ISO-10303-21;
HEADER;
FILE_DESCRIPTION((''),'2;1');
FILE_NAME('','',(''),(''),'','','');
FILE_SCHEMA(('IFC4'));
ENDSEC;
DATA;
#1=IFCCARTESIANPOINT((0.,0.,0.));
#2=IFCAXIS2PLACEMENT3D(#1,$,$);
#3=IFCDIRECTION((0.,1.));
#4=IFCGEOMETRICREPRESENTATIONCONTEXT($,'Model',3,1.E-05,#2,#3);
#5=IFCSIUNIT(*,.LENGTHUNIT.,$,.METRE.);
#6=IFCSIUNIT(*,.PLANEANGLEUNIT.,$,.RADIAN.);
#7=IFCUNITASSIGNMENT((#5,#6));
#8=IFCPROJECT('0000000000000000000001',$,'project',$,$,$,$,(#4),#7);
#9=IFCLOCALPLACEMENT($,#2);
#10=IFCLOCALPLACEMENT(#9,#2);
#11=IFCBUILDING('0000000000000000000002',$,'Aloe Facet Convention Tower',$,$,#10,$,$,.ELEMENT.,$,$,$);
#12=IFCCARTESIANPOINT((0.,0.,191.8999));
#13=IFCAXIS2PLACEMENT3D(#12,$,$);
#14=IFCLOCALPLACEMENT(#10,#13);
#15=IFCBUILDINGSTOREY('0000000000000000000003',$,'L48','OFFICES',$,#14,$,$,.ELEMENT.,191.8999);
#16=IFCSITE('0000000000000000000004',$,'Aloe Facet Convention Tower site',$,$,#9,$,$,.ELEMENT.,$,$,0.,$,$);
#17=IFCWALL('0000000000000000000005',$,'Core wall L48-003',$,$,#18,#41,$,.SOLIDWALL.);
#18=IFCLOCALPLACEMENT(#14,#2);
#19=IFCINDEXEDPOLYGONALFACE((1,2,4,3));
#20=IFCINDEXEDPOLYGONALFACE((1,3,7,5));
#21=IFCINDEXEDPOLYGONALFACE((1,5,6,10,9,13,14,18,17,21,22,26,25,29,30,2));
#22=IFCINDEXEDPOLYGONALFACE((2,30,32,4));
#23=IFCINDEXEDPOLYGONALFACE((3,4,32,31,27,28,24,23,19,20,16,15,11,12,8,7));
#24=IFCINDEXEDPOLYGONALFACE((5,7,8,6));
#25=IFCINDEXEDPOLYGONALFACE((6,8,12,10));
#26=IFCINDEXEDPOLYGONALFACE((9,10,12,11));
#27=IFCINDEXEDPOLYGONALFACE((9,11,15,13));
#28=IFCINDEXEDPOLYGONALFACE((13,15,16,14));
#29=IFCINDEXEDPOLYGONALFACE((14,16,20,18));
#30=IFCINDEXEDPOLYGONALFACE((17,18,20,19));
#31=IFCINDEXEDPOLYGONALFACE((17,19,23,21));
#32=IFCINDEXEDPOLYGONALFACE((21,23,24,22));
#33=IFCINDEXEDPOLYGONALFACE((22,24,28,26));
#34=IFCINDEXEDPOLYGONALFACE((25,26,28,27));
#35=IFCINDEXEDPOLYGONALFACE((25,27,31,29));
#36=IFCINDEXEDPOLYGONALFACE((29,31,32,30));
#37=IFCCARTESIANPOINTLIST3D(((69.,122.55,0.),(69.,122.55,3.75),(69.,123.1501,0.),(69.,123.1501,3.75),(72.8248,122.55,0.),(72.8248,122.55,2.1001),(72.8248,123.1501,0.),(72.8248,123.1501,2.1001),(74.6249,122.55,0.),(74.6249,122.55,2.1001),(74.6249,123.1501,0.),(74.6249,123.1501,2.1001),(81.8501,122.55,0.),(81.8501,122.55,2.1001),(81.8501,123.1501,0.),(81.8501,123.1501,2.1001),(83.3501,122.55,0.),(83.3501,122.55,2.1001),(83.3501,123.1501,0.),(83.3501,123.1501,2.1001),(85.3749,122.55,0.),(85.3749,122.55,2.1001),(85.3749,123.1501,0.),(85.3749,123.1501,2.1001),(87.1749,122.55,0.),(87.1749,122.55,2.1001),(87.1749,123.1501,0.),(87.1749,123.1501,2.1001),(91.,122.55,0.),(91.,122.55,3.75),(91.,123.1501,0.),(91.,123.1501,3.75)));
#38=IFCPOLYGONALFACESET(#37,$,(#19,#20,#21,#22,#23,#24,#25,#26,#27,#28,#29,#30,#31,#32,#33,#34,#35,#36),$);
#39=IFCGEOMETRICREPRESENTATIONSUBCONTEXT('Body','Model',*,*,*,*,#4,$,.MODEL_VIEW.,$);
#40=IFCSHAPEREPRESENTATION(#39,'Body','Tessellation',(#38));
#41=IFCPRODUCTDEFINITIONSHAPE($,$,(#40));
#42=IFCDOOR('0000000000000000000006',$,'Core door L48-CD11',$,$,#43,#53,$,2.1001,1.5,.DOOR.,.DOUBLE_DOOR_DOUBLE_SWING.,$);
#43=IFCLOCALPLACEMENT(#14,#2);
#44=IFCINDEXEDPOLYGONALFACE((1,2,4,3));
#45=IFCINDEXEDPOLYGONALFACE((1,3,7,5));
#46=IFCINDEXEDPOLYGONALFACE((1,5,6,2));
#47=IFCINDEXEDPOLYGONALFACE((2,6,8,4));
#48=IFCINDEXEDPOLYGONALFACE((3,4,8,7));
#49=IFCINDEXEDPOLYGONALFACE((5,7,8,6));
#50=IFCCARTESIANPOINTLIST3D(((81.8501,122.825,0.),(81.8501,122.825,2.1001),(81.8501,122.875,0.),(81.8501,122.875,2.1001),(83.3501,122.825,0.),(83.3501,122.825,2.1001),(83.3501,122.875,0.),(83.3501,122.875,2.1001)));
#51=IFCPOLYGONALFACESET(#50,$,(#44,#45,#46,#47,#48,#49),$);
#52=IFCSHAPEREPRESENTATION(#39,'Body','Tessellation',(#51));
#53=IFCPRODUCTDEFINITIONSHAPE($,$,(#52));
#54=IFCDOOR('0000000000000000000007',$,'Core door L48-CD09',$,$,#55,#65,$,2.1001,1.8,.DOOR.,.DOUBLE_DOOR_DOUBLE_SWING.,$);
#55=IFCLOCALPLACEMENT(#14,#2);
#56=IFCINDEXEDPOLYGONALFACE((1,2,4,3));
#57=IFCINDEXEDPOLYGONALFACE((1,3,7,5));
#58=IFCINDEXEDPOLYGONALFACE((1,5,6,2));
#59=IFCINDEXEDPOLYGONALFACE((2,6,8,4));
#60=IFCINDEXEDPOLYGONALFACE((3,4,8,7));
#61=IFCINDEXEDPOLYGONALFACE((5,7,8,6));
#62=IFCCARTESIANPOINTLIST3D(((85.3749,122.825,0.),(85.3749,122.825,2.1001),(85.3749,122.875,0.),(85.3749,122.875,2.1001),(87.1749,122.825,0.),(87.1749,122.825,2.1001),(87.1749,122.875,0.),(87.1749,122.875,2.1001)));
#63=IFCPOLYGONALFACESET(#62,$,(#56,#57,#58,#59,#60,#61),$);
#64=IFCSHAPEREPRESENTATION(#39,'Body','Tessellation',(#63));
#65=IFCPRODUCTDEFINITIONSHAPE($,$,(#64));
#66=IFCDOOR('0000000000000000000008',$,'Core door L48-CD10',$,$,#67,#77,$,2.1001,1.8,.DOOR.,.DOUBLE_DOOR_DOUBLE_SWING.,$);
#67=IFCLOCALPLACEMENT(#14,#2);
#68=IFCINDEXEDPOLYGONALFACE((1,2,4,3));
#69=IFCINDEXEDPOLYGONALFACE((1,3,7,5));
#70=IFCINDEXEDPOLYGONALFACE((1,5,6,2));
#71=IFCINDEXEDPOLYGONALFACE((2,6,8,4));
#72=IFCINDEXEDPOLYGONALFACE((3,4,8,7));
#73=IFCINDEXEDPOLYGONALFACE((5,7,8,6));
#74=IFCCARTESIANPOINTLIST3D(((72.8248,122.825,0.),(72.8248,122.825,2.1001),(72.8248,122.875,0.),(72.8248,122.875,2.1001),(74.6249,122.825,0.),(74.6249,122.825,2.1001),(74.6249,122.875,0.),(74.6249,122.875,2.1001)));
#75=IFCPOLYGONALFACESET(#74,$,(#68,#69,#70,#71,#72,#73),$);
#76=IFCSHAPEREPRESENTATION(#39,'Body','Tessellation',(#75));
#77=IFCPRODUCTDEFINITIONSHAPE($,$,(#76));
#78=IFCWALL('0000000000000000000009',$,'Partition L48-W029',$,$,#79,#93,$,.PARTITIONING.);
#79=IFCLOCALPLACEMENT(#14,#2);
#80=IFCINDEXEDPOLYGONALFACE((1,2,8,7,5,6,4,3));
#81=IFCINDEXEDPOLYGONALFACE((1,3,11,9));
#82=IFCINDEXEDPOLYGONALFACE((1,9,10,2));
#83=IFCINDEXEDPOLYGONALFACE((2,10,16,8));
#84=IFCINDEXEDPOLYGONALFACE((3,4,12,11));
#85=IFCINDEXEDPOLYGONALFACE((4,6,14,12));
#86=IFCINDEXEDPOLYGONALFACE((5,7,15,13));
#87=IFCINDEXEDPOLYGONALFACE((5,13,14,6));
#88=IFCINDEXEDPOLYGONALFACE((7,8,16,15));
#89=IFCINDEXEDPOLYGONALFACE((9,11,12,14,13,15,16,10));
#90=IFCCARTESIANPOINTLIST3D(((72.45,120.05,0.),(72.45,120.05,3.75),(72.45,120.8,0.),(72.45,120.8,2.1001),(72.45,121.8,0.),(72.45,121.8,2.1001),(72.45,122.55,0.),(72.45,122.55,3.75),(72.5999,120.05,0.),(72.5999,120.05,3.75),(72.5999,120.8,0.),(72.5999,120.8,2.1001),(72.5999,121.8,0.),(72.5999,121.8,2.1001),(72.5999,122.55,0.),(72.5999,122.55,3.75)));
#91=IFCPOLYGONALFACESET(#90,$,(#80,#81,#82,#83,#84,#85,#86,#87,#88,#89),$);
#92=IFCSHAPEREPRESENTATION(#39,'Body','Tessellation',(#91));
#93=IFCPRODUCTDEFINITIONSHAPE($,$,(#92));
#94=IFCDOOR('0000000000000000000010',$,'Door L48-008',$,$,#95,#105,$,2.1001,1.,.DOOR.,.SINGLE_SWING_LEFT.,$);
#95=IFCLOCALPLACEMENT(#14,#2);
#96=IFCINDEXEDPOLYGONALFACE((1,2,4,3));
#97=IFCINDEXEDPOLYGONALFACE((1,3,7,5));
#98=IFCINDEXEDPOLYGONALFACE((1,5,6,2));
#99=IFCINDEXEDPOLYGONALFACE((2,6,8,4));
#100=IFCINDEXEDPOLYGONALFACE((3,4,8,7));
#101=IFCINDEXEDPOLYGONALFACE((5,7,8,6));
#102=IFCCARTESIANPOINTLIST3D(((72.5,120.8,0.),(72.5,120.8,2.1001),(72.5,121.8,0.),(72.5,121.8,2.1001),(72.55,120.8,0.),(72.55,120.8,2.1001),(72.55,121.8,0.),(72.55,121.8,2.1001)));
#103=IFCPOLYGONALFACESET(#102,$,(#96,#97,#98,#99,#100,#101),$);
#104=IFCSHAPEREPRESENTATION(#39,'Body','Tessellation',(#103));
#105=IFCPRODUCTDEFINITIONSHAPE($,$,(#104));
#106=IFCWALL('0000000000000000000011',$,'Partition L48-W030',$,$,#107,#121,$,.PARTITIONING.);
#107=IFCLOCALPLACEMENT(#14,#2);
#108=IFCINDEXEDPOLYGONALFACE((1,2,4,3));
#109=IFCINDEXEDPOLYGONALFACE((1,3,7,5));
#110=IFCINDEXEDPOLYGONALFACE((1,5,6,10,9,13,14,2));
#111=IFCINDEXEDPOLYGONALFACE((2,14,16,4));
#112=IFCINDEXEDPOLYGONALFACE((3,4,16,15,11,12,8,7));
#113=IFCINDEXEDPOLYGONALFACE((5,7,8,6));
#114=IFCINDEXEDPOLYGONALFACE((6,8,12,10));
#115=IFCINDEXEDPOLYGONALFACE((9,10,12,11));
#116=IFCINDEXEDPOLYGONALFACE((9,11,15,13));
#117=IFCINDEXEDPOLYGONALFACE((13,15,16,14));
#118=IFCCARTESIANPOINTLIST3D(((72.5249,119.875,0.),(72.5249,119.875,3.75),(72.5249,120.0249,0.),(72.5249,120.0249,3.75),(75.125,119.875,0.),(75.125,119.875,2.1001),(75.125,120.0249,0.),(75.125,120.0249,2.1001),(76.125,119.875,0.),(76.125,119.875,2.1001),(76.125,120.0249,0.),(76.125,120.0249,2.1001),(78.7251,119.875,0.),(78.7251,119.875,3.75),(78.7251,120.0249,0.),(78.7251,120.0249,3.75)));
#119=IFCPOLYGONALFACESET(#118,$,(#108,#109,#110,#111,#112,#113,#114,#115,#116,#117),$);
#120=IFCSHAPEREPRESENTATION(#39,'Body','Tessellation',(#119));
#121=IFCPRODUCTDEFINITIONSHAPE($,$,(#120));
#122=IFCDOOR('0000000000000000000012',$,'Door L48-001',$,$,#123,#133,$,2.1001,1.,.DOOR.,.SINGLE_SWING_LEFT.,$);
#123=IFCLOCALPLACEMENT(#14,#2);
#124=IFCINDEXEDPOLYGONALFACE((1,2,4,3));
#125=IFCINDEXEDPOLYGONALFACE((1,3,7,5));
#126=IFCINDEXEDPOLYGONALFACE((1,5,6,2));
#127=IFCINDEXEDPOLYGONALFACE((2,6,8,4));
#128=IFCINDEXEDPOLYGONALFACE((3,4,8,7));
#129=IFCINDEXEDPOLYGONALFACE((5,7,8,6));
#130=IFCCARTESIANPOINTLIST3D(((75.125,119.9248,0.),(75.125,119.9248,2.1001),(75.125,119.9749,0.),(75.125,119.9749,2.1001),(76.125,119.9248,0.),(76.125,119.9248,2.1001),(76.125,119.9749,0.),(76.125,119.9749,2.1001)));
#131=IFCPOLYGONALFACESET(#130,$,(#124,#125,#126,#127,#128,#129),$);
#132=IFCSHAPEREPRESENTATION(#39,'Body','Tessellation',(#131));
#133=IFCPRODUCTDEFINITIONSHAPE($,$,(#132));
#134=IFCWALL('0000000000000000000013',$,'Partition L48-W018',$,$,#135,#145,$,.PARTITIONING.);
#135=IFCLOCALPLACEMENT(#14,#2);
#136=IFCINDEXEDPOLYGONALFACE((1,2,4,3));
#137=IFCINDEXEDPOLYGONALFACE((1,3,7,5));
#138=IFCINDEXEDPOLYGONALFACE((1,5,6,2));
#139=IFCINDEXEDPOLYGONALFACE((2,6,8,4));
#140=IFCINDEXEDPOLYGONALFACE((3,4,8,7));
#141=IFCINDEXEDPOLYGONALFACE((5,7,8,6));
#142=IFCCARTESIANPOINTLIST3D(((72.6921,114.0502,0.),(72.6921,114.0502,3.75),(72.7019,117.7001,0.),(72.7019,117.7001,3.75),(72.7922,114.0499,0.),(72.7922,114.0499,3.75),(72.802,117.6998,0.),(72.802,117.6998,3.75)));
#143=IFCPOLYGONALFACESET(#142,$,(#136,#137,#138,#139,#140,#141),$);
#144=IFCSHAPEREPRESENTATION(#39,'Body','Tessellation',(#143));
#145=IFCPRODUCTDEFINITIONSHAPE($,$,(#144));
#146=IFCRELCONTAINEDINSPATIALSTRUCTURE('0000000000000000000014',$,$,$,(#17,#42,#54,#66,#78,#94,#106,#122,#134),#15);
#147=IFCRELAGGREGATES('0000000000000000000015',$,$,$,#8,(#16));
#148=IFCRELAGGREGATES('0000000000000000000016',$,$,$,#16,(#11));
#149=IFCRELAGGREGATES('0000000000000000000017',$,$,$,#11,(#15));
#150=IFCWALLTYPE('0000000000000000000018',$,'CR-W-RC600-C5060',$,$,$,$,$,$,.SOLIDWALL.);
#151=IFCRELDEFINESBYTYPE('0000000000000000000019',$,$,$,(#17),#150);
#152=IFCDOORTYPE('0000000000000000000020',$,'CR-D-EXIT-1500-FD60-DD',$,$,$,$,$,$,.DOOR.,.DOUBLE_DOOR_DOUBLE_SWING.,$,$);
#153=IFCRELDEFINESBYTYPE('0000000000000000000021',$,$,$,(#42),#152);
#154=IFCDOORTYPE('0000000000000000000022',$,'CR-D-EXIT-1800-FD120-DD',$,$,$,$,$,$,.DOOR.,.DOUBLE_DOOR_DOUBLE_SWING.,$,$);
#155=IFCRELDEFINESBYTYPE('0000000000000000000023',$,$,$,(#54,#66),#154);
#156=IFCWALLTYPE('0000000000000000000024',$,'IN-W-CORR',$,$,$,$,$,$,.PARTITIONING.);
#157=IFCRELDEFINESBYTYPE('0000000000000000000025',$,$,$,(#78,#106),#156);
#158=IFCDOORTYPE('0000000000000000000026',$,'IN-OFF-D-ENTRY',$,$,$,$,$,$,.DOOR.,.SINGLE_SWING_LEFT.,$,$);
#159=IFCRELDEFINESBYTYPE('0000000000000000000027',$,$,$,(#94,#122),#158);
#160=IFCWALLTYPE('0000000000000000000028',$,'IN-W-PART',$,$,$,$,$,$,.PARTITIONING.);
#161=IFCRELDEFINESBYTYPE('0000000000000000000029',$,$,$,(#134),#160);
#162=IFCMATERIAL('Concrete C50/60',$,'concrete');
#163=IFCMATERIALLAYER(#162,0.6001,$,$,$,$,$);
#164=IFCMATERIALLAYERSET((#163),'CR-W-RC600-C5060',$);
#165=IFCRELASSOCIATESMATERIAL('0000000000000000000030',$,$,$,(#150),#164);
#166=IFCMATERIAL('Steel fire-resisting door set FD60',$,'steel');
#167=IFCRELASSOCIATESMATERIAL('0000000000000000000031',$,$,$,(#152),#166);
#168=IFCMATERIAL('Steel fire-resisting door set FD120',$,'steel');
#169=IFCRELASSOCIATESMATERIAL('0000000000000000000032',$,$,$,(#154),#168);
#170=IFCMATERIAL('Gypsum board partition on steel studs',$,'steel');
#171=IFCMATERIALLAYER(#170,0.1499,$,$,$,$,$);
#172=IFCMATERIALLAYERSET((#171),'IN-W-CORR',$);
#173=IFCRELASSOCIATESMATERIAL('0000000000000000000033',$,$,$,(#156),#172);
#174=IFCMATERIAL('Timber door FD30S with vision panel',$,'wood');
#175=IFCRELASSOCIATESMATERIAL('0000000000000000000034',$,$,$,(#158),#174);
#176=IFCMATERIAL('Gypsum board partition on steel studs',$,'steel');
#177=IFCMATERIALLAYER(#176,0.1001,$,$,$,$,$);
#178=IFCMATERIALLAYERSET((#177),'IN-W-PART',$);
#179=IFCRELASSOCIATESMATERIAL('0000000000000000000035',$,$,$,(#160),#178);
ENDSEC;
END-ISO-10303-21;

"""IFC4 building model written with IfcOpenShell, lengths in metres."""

from ifc_helpers import new_model, si_unit, direction, frame, frame_2d, origin, place, context, subcontext, project, spatial, rectangle, extrude, material, layer, layer_set, type_object, element, fill, save


model = new_model("IFC4")

# Units and contexts
model_context = context("Model", 3, precision=1e-05, world=origin(), true_north=direction((0.0, 1.0)))
body_context = subcontext(model_context, "Body", "Model", "MODEL_VIEW")
ifc_project = project(units=[si_unit("LENGTHUNIT", "METRE"), si_unit("PLANEANGLEUNIT", "RADIAN")], contexts=[model_context])

# Site, building, storey
site_placement = place(None, origin())
site = spatial("IfcSite", under=ifc_project, at=site_placement, Name="Aloe Facet Convention Tower site", CompositionType="ELEMENT", RefElevation=0.0)
building_placement = place(site_placement, origin())
building = spatial("IfcBuilding", under=site, at=building_placement, Name="Aloe Facet Convention Tower", CompositionType="ELEMENT")
storey_placement = place(building_placement, frame((0.0, 0.0, 191.8999)))
storey = spatial("IfcBuildingStorey", under=building, at=storey_placement, Name="L48", Description="OFFICES", CompositionType="ELEMENT", Elevation=191.8999)

# Wall, openings, doors
ifc_material_1 = material(Name="Concrete C50/60", Category="concrete")
ifc_layer_1 = layer(ifc_material_1, 0.6001)
ifc_layer_set_1 = layer_set([ifc_layer_1], Name="CR-W-RC600-C5060")
wall_type_1 = type_object("IfcWallType", Name="CR-W-RC600-C5060", PredefinedType="SOLIDWALL", material=ifc_layer_set_1)
wall_1_placement = place(storey_placement, frame((69.0, 122.8501, 0.0), z_axis=(0.0, 0.0, 1.0), x_axis=(1.0, 0.0, 0.0)))
wall_1 = element("IfcWall", 1, at=wall_1_placement, inside=storey, type_object=wall_type_1, Name="Core wall L48-003", PredefinedType="SOLIDWALL", context=body_context, shape_type="SweptSolid", body=[
    extrude(rectangle(XDim=22.0, YDim=0.6001, at=frame_2d((11.0, 0.0))), origin(), (0.0, 0.0, 1.0), 3.75),
])
opening_1_placement = place(wall_1_placement, frame((16.375, 0.0, 0.0)))
opening_1 = element("IfcOpeningElement", 2, at=opening_1_placement, cuts=wall_1, PredefinedType="OPENING", context=body_context, shape_type="SweptSolid", body=[
    extrude(rectangle(XDim=1.8, YDim=2.1001, at=frame_2d((0.8999, 1.05))), frame((0.0, 0.3101, 0.0), z_axis=(0.0, -1.0, 0.0), x_axis=(1.0, 0.0, 0.0)), (0.0, 0.0, 1.0), 0.6201),
])
opening_2_placement = place(wall_1_placement, frame((3.825, 0.0, 0.0)))
opening_2 = element("IfcOpeningElement", 3, at=opening_2_placement, cuts=wall_1, PredefinedType="OPENING", context=body_context, shape_type="SweptSolid", body=[
    extrude(rectangle(XDim=1.8, YDim=2.1001, at=frame_2d((0.8999, 1.05))), frame((0.0, 0.3101, 0.0), z_axis=(0.0, -1.0, 0.0), x_axis=(1.0, 0.0, 0.0)), (0.0, 0.0, 1.0), 0.6201),
])
opening_3_placement = place(wall_1_placement, frame((12.8501, 0.0, 0.0)))
opening_3 = element("IfcOpeningElement", 4, at=opening_3_placement, cuts=wall_1, PredefinedType="OPENING", context=body_context, shape_type="SweptSolid", body=[
    extrude(rectangle(XDim=1.5, YDim=2.1001, at=frame_2d((0.75, 1.05))), frame((0.0, 0.3101, 0.0), z_axis=(0.0, -1.0, 0.0), x_axis=(1.0, 0.0, 0.0)), (0.0, 0.0, 1.0), 0.6201),
])
ifc_material_2 = material(Name="Steel fire-resisting door set FD60", Category="steel")
door_type_1 = type_object("IfcDoorType", Name="CR-D-EXIT-1500-FD60-DD", OperationType="DOUBLE_DOOR_DOUBLE_SWING", PredefinedType="DOOR", material=ifc_material_2)
door_1_placement = place(opening_3_placement, origin())
door_1 = element("IfcDoor", 5, at=door_1_placement, inside=storey, type_object=door_type_1, Name="Core door L48-CD11", OperationType="DOUBLE_DOOR_DOUBLE_SWING", OverallHeight=2.1001, OverallWidth=1.5, PredefinedType="DOOR", context=body_context, shape_type="SweptSolid", body=[
    extrude(rectangle(XDim=1.5, YDim=2.1001, at=frame_2d((0.75, 1.05))), frame((0.0, 0.0249, 0.0), z_axis=(0.0, -1.0, 0.0), x_axis=(1.0, 0.0, 0.0)), (0.0, 0.0, 1.0), 0.05),
])
fill(opening_3, door_1)
ifc_material_3 = material(Name="Steel fire-resisting door set FD120", Category="steel")
door_type_2 = type_object("IfcDoorType", Name="CR-D-EXIT-1800-FD120-DD", OperationType="DOUBLE_DOOR_DOUBLE_SWING", PredefinedType="DOOR", material=ifc_material_3)
door_2_placement = place(opening_1_placement, origin())
door_2 = element("IfcDoor", 6, at=door_2_placement, inside=storey, type_object=door_type_2, Name="Core door L48-CD09", OperationType="DOUBLE_DOOR_DOUBLE_SWING", OverallHeight=2.1001, OverallWidth=1.8, PredefinedType="DOOR", context=body_context, shape_type="SweptSolid", body=[
    extrude(rectangle(XDim=1.8, YDim=2.1001, at=frame_2d((0.8999, 1.05))), frame((0.0, 0.0249, 0.0), z_axis=(0.0, -1.0, 0.0), x_axis=(1.0, 0.0, 0.0)), (0.0, 0.0, 1.0), 0.05),
])
fill(opening_1, door_2)
door_3_placement = place(opening_2_placement, origin())
door_3 = element("IfcDoor", 7, at=door_3_placement, inside=storey, type_object=door_type_2, Name="Core door L48-CD10", OperationType="DOUBLE_DOOR_DOUBLE_SWING", OverallHeight=2.1001, OverallWidth=1.8, PredefinedType="DOOR", context=body_context, shape_type="SweptSolid", body=[
    extrude(rectangle(XDim=1.8, YDim=2.1001, at=frame_2d((0.8999, 1.05))), frame((0.0, 0.0249, 0.0), z_axis=(0.0, -1.0, 0.0), x_axis=(1.0, 0.0, 0.0)), (0.0, 0.0, 1.0), 0.05),
])
fill(opening_2, door_3)

# Walls, openings, doors
ifc_material_4 = material(Name="Gypsum board partition on steel studs", Category="steel")
ifc_layer_2 = layer(ifc_material_4, 0.1499)
ifc_layer_set_2 = layer_set([ifc_layer_2], Name="IN-W-CORR")
wall_type_2 = type_object("IfcWallType", Name="IN-W-CORR", PredefinedType="PARTITIONING", material=ifc_layer_set_2)
wall_2_placement = place(storey_placement, frame((72.5249, 120.05, 0.0), z_axis=(0.0, 0.0, 1.0), x_axis=(0.0, 1.0, 0.0)))
wall_2 = element("IfcWall", 8, at=wall_2_placement, inside=storey, type_object=wall_type_2, Name="Partition L48-W029", PredefinedType="PARTITIONING", context=body_context, shape_type="SweptSolid", body=[
    extrude(rectangle(XDim=2.5, YDim=0.1499, at=frame_2d((1.25, 0.0))), origin(), (0.0, 0.0, 1.0), 3.75),
])
opening_4_placement = place(wall_2_placement, frame((0.75, 0.0, 0.0)))
opening_4 = element("IfcOpeningElement", 9, at=opening_4_placement, cuts=wall_2, PredefinedType="OPENING", context=body_context, shape_type="SweptSolid", body=[
    extrude(rectangle(XDim=1.0, YDim=2.1001, at=frame_2d((0.5, 1.05))), frame((0.0, 0.085, 0.0), z_axis=(0.0, -1.0, 0.0), x_axis=(1.0, 0.0, 0.0)), (0.0, 0.0, 1.0), 0.1699),
])
ifc_material_5 = material(Name="Timber door FD30S with vision panel", Category="wood")
door_type_3 = type_object("IfcDoorType", Name="IN-OFF-D-ENTRY", OperationType="SINGLE_SWING_LEFT", PredefinedType="DOOR", material=ifc_material_5)
door_4_placement = place(opening_4_placement, origin())
door_4 = element("IfcDoor", 10, at=door_4_placement, inside=storey, type_object=door_type_3, Name="Door L48-008", OperationType="SINGLE_SWING_LEFT", OverallHeight=2.1001, OverallWidth=1.0, PredefinedType="DOOR", context=body_context, shape_type="SweptSolid", body=[
    extrude(rectangle(XDim=1.0, YDim=2.1001, at=frame_2d((0.5, 1.05))), frame((0.0, 0.0249, 0.0), z_axis=(0.0, -1.0, 0.0), x_axis=(1.0, 0.0, 0.0)), (0.0, 0.0, 1.0), 0.05),
])
fill(opening_4, door_4)
wall_3_placement = place(storey_placement, frame((72.5249, 119.95, 0.0), z_axis=(0.0, 0.0, 1.0), x_axis=(1.0, 0.0, 0.0)))
wall_3 = element("IfcWall", 11, at=wall_3_placement, inside=storey, type_object=wall_type_2, Name="Partition L48-W030", PredefinedType="PARTITIONING", context=body_context, shape_type="SweptSolid", body=[
    extrude(rectangle(XDim=6.2002, YDim=0.1499, at=frame_2d((3.1001, 0.0))), origin(), (0.0, 0.0, 1.0), 3.75),
])
opening_5_placement = place(wall_3_placement, frame((2.6001, 0.0, 0.0)))
opening_5 = element("IfcOpeningElement", 12, at=opening_5_placement, cuts=wall_3, PredefinedType="OPENING", context=body_context, shape_type="SweptSolid", body=[
    extrude(rectangle(XDim=1.0, YDim=2.1001, at=frame_2d((0.5, 1.05))), frame((0.0, 0.085, 0.0), z_axis=(0.0, -1.0, 0.0), x_axis=(1.0, 0.0, 0.0)), (0.0, 0.0, 1.0), 0.1699),
])
door_5_placement = place(opening_5_placement, origin())
door_5 = element("IfcDoor", 13, at=door_5_placement, inside=storey, type_object=door_type_3, Name="Door L48-001", OperationType="SINGLE_SWING_LEFT", OverallHeight=2.1001, OverallWidth=1.0, PredefinedType="DOOR", context=body_context, shape_type="SweptSolid", body=[
    extrude(rectangle(XDim=1.0, YDim=2.1001, at=frame_2d((0.5, 1.05))), frame((0.0, 0.0249, 0.0), z_axis=(0.0, -1.0, 0.0), x_axis=(1.0, 0.0, 0.0)), (0.0, 0.0, 1.0), 0.05),
])
fill(opening_5, door_5)

# Wall
ifc_material_6 = material(Name="Gypsum board partition on steel studs", Category="steel")
ifc_layer_3 = layer(ifc_material_6, 0.1001)
ifc_layer_set_3 = layer_set([ifc_layer_3], Name="IN-W-PART")
wall_type_3 = type_object("IfcWallType", Name="IN-W-PART", PredefinedType="PARTITIONING", material=ifc_layer_set_3)
wall_4_placement = place(storey_placement, frame((72.7422, 114.05, 0.0), z_axis=(0.0, 0.0, 1.0), x_axis=(0.002676, 0.999996, 0.0)))
element("IfcWall", 14, at=wall_4_placement, inside=storey, type_object=wall_type_3, Name="Partition L48-W018", PredefinedType="PARTITIONING", context=body_context, shape_type="SweptSolid", body=[
    extrude(rectangle(XDim=3.6499, YDim=0.1001, at=frame_2d((1.825, 0.0))), origin(), (0.0, 0.0, 1.0), 3.75),
])

save(model, "model.ifc")
